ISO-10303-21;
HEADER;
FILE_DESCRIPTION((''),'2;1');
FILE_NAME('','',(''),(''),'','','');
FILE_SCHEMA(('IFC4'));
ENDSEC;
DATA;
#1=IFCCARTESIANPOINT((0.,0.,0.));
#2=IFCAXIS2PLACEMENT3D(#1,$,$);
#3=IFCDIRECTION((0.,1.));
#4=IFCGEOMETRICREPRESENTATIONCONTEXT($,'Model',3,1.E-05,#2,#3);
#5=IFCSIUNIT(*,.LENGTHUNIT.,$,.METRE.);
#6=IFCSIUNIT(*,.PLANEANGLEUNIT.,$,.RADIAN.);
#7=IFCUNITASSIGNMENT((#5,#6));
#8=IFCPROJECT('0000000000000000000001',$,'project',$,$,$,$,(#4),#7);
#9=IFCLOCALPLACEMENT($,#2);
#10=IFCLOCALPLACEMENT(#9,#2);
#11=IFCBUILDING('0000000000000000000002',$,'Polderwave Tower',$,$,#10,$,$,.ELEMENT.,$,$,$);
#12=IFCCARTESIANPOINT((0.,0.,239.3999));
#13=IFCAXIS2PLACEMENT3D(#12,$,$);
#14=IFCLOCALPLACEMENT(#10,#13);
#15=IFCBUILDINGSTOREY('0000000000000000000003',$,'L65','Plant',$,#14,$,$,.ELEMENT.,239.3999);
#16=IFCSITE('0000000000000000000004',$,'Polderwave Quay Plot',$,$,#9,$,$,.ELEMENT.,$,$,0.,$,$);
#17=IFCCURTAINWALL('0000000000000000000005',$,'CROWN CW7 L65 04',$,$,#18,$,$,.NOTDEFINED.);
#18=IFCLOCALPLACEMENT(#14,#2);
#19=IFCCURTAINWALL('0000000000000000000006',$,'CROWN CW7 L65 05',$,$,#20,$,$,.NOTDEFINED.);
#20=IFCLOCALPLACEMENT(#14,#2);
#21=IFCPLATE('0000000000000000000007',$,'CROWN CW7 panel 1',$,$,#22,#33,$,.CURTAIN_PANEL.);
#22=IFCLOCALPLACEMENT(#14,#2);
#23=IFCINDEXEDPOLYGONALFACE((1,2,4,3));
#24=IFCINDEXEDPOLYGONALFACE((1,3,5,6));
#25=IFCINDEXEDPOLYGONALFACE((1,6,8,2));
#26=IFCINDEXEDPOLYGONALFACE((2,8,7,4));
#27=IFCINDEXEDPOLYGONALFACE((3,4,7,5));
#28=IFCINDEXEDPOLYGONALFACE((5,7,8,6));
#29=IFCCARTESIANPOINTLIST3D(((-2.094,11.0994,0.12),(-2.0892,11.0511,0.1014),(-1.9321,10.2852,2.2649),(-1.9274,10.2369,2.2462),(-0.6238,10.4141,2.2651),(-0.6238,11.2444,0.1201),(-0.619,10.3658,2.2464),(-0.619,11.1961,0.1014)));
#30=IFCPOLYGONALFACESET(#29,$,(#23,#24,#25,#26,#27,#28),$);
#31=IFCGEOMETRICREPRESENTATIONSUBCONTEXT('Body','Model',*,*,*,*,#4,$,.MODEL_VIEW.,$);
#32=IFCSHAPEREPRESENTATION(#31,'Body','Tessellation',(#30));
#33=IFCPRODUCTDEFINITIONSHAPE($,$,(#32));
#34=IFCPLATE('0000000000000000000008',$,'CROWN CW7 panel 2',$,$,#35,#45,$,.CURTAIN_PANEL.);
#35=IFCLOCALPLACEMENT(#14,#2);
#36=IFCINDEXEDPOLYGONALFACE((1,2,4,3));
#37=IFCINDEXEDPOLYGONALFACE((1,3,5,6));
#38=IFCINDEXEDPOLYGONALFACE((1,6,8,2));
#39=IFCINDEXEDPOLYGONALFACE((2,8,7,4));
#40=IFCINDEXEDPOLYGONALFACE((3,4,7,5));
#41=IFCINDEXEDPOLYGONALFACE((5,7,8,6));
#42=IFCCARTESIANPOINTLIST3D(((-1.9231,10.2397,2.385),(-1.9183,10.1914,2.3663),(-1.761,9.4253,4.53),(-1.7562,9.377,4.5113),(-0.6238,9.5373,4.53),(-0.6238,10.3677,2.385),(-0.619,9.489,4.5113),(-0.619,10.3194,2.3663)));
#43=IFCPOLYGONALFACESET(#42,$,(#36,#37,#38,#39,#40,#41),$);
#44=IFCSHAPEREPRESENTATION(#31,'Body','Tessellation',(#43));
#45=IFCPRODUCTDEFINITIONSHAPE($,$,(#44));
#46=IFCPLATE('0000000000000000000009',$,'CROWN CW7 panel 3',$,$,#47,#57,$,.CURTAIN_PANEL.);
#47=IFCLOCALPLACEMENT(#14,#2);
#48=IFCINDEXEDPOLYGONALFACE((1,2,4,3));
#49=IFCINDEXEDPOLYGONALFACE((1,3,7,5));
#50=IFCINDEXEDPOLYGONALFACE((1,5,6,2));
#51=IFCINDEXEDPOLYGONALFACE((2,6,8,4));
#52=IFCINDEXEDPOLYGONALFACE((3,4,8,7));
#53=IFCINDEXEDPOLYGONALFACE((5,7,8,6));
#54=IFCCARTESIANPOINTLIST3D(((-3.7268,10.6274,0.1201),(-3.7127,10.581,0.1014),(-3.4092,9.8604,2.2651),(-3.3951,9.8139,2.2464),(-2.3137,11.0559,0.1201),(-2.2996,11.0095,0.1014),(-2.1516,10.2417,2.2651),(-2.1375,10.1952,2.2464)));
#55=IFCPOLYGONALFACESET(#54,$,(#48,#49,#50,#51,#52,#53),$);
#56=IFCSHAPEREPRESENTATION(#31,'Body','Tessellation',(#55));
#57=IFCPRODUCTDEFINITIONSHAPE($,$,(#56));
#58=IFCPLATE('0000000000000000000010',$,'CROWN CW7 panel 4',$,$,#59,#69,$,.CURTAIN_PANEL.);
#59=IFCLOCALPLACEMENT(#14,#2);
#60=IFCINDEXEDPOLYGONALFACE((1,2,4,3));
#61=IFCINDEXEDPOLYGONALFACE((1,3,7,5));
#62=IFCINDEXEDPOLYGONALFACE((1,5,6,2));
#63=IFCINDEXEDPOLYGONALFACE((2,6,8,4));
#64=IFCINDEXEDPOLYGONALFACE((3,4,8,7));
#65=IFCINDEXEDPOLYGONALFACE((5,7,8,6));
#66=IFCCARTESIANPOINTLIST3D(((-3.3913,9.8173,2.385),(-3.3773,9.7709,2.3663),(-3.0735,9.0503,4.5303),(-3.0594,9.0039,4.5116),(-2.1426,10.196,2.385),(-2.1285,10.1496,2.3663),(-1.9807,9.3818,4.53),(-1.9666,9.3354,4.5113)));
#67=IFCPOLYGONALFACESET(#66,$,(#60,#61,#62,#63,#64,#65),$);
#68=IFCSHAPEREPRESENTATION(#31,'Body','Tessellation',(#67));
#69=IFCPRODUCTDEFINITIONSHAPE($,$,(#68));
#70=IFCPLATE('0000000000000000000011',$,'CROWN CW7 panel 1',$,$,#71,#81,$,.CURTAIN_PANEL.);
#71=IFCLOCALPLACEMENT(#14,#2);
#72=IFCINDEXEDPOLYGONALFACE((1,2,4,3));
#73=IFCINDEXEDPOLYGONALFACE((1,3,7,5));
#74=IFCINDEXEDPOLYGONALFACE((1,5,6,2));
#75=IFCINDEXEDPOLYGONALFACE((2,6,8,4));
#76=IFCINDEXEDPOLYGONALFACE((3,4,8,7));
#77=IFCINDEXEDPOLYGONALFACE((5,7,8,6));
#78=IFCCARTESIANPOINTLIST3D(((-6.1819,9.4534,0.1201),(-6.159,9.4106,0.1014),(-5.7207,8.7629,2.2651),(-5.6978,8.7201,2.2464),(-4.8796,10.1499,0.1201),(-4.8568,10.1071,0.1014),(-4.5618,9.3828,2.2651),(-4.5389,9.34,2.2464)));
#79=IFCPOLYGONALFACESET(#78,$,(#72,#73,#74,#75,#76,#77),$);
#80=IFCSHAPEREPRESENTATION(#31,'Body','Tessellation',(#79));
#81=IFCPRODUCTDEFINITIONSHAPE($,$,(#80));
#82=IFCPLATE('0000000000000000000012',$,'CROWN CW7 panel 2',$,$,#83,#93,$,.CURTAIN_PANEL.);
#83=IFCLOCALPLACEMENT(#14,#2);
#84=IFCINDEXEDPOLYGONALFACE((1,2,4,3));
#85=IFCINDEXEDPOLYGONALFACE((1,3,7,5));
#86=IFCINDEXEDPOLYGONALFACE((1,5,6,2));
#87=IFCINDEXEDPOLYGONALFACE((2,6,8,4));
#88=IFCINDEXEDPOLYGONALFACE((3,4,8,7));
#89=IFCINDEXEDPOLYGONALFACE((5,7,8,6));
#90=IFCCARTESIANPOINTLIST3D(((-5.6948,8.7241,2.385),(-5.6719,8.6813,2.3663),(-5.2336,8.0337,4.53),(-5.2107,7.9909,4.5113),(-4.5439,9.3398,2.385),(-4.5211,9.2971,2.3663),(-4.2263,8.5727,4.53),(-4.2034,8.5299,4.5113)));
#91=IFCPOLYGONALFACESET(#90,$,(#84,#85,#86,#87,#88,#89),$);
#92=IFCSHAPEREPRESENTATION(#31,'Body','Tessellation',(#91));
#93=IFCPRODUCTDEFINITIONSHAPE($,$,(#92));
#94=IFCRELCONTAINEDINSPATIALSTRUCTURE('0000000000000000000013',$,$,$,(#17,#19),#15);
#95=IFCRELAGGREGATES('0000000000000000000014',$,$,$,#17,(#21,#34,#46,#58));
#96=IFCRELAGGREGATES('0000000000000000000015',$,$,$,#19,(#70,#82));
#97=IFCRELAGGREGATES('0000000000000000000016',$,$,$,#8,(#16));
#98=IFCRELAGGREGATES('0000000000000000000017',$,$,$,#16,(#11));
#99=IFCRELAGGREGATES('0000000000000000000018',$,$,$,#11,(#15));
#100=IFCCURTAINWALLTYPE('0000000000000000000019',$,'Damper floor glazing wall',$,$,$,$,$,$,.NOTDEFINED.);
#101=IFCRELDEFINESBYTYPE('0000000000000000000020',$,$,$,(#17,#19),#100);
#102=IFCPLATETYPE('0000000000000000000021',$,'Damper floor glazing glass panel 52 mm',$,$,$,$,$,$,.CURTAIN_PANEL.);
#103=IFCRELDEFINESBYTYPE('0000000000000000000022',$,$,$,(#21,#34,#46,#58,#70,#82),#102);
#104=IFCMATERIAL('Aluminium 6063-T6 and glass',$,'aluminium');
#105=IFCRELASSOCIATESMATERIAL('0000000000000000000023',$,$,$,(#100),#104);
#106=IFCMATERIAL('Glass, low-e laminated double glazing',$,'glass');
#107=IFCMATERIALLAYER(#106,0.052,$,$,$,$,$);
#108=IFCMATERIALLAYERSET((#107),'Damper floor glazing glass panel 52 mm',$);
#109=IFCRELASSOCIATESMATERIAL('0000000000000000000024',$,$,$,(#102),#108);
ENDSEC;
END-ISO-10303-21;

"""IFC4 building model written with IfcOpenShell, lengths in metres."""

from ifc_helpers import new_model, si_unit, direction, frame, origin, place, context, subcontext, project, spatial, polyline, outline, extrude, material, layer, layer_set, type_object, element, aggregate, save


model = new_model("IFC4")

# Units and contexts
model_context = context("Model", 3, precision=1e-05, world=origin(), true_north=direction((0.0, 1.0)))
body_context = subcontext(model_context, "Body", "Model", "MODEL_VIEW")
ifc_project = project(units=[si_unit("LENGTHUNIT", "METRE"), si_unit("PLANEANGLEUNIT", "RADIAN")], contexts=[model_context])

# Site, building, storey
site_placement = place(None, origin())
site = spatial("IfcSite", under=ifc_project, at=site_placement, Name="Polderwave Quay Plot", CompositionType="ELEMENT", RefElevation=0.0)
building_placement = place(site_placement, origin())
building = spatial("IfcBuilding", under=site, at=building_placement, Name="Polderwave Tower", CompositionType="ELEMENT")
storey_placement = place(building_placement, frame((0.0, 0.0, 239.3999)))
storey = spatial("IfcBuildingStorey", under=building, at=storey_placement, Name="L65", Description="Plant", CompositionType="ELEMENT", Elevation=239.3999)

# Curtain wall
ifc_material_1 = material(Name="Aluminium 6063-T6 and glass", Category="aluminium")
curtain_wall_type = type_object("IfcCurtainWallType", Name="Damper floor glazing wall", PredefinedType="NOTDEFINED", material=ifc_material_1)
curtain_wall_1_placement = place(storey_placement, origin())
curtain_wall_1 = element("IfcCurtainWall", 1, at=curtain_wall_1_placement, inside=storey, type_object=curtain_wall_type, Name="CROWN CW7 L65 04", PredefinedType="NOTDEFINED")

# Curtain wall
curtain_wall_2_placement = place(storey_placement, origin())
curtain_wall_2 = element("IfcCurtainWall", 2, at=curtain_wall_2_placement, inside=storey, type_object=curtain_wall_type, Name="CROWN CW7 L65 05", PredefinedType="NOTDEFINED")

# Plates
ifc_material_2 = material(Name="Glass, low-e laminated double glazing", Category="glass")
ifc_layer = layer(ifc_material_2, 0.052)
ifc_layer_set = layer_set([ifc_layer], Name="Damper floor glazing glass panel 52 mm")
plate_type = type_object("IfcPlateType", Name="Damper floor glazing glass panel 52 mm", PredefinedType="CURTAIN_PANEL", material=ifc_layer_set)
plate_1_placement = place(storey_placement, frame((-0.6238, 11.2444, 0.1201), z_axis=(-0.091583, 0.928654, 0.359464), x_axis=(-0.995174, -0.098125, -0.000049)))
plate_1 = element("IfcPlate", 3, at=plate_1_placement, type_object=plate_type, Name="CROWN CW7 panel 1", PredefinedType="CURTAIN_PANEL", context=body_context, shape_type="SweptSolid", body=[
    extrude(outline(polyline([(0.0, 0.0), (1.4773, 0.0), (1.3961, 2.2985), (0.0813, 2.2986), (0.0, 0.0)])), origin(), (0.0, 0.0, -1.0), 0.052),
])
plate_2_placement = place(storey_placement, frame((-0.6238, 10.3677, 2.385), z_axis=(-0.091469, 0.928653, 0.359496), x_axis=(-0.995185, -0.098018, -0.000013)))
plate_2 = element("IfcPlate", 4, at=plate_2_placement, type_object=plate_type, Name="CROWN CW7 panel 2", PredefinedType="CURTAIN_PANEL", context=body_context, shape_type="SweptSolid", body=[
    extrude(outline(polyline([(0.0, 0.0), (1.3056, 0.0), (1.2241, 2.2987), (0.0814, 2.2987), (0.0, 0.0)])), origin(), (0.0, 0.0, -1.0), 0.052),
])
plate_3_placement = place(storey_placement, frame((-2.3137, 11.0559, 0.1201), z_axis=(-0.270786, 0.893015, 0.359444), x_axis=(-0.956973, -0.290178, -0.000004)))
plate_3 = element("IfcPlate", 5, at=plate_3_placement, type_object=plate_type, Name="CROWN CW7 panel 3", PredefinedType="CURTAIN_PANEL", context=body_context, shape_type="SweptSolid", body=[
    extrude(outline(polyline([(0.0, 0.0), (1.4766, 0.0), (1.3952, 2.2987), (0.0811, 2.2986), (0.0, 0.0)])), origin(), (0.0, 0.0, -1.0), 0.052),
])
plate_4_placement = place(storey_placement, frame((-2.1426, 10.196, 2.385), z_axis=(-0.270818, 0.893012, 0.359426), x_axis=(-0.956964, -0.290207, -0.000011)))
plate_4 = element("IfcPlate", 6, at=plate_4_placement, type_object=plate_type, Name="CROWN CW7 panel 4", PredefinedType="CURTAIN_PANEL", context=body_context, shape_type="SweptSolid", body=[
    extrude(outline(polyline([(0.0, 0.0), (1.3049, 0.0), (1.2233, 2.2989), (0.0814, 2.2986), (0.0, 0.0)])), origin(), (0.0, 0.0, -1.0), 0.052),
])
aggregate(curtain_wall_1, [plate_1, plate_2, plate_3, plate_4])
plate_5_placement = place(storey_placement, frame((-4.8796, 10.1499, 0.1201), z_axis=(-0.440113, 0.822845, 0.35948), x_axis=(-0.88179, -0.471641, 0.000001)))
plate_5 = element("IfcPlate", 7, at=plate_5_placement, type_object=plate_type, Name="CROWN CW7 panel 1", PredefinedType="CURTAIN_PANEL", context=body_context, shape_type="SweptSolid", body=[
    extrude(outline(polyline([(0.0, 0.0), (1.4768, 0.0), (1.3958, 2.2987), (0.0815, 2.2987), (0.0, 0.0)])), origin(), (0.0, 0.0, -1.0), 0.052),
])
plate_6_placement = place(storey_placement, frame((-4.5439, 9.3398, 2.385), z_axis=(-0.440245, 0.822784, 0.359458), x_axis=(-0.88172, -0.471773, -0.000017)))
plate_6 = element("IfcPlate", 8, at=plate_6_placement, type_object=plate_type, Name="CROWN CW7 panel 2", PredefinedType="CURTAIN_PANEL", context=body_context, shape_type="SweptSolid", body=[
    extrude(outline(polyline([(0.0, 0.0), (1.3052, 0.0), (1.2243, 2.2987), (0.0818, 2.2986), (0.0, 0.0)])), origin(), (0.0, 0.0, -1.0), 0.052),
])
aggregate(curtain_wall_2, [plate_5, plate_6])

save(model, "model.ifc")
